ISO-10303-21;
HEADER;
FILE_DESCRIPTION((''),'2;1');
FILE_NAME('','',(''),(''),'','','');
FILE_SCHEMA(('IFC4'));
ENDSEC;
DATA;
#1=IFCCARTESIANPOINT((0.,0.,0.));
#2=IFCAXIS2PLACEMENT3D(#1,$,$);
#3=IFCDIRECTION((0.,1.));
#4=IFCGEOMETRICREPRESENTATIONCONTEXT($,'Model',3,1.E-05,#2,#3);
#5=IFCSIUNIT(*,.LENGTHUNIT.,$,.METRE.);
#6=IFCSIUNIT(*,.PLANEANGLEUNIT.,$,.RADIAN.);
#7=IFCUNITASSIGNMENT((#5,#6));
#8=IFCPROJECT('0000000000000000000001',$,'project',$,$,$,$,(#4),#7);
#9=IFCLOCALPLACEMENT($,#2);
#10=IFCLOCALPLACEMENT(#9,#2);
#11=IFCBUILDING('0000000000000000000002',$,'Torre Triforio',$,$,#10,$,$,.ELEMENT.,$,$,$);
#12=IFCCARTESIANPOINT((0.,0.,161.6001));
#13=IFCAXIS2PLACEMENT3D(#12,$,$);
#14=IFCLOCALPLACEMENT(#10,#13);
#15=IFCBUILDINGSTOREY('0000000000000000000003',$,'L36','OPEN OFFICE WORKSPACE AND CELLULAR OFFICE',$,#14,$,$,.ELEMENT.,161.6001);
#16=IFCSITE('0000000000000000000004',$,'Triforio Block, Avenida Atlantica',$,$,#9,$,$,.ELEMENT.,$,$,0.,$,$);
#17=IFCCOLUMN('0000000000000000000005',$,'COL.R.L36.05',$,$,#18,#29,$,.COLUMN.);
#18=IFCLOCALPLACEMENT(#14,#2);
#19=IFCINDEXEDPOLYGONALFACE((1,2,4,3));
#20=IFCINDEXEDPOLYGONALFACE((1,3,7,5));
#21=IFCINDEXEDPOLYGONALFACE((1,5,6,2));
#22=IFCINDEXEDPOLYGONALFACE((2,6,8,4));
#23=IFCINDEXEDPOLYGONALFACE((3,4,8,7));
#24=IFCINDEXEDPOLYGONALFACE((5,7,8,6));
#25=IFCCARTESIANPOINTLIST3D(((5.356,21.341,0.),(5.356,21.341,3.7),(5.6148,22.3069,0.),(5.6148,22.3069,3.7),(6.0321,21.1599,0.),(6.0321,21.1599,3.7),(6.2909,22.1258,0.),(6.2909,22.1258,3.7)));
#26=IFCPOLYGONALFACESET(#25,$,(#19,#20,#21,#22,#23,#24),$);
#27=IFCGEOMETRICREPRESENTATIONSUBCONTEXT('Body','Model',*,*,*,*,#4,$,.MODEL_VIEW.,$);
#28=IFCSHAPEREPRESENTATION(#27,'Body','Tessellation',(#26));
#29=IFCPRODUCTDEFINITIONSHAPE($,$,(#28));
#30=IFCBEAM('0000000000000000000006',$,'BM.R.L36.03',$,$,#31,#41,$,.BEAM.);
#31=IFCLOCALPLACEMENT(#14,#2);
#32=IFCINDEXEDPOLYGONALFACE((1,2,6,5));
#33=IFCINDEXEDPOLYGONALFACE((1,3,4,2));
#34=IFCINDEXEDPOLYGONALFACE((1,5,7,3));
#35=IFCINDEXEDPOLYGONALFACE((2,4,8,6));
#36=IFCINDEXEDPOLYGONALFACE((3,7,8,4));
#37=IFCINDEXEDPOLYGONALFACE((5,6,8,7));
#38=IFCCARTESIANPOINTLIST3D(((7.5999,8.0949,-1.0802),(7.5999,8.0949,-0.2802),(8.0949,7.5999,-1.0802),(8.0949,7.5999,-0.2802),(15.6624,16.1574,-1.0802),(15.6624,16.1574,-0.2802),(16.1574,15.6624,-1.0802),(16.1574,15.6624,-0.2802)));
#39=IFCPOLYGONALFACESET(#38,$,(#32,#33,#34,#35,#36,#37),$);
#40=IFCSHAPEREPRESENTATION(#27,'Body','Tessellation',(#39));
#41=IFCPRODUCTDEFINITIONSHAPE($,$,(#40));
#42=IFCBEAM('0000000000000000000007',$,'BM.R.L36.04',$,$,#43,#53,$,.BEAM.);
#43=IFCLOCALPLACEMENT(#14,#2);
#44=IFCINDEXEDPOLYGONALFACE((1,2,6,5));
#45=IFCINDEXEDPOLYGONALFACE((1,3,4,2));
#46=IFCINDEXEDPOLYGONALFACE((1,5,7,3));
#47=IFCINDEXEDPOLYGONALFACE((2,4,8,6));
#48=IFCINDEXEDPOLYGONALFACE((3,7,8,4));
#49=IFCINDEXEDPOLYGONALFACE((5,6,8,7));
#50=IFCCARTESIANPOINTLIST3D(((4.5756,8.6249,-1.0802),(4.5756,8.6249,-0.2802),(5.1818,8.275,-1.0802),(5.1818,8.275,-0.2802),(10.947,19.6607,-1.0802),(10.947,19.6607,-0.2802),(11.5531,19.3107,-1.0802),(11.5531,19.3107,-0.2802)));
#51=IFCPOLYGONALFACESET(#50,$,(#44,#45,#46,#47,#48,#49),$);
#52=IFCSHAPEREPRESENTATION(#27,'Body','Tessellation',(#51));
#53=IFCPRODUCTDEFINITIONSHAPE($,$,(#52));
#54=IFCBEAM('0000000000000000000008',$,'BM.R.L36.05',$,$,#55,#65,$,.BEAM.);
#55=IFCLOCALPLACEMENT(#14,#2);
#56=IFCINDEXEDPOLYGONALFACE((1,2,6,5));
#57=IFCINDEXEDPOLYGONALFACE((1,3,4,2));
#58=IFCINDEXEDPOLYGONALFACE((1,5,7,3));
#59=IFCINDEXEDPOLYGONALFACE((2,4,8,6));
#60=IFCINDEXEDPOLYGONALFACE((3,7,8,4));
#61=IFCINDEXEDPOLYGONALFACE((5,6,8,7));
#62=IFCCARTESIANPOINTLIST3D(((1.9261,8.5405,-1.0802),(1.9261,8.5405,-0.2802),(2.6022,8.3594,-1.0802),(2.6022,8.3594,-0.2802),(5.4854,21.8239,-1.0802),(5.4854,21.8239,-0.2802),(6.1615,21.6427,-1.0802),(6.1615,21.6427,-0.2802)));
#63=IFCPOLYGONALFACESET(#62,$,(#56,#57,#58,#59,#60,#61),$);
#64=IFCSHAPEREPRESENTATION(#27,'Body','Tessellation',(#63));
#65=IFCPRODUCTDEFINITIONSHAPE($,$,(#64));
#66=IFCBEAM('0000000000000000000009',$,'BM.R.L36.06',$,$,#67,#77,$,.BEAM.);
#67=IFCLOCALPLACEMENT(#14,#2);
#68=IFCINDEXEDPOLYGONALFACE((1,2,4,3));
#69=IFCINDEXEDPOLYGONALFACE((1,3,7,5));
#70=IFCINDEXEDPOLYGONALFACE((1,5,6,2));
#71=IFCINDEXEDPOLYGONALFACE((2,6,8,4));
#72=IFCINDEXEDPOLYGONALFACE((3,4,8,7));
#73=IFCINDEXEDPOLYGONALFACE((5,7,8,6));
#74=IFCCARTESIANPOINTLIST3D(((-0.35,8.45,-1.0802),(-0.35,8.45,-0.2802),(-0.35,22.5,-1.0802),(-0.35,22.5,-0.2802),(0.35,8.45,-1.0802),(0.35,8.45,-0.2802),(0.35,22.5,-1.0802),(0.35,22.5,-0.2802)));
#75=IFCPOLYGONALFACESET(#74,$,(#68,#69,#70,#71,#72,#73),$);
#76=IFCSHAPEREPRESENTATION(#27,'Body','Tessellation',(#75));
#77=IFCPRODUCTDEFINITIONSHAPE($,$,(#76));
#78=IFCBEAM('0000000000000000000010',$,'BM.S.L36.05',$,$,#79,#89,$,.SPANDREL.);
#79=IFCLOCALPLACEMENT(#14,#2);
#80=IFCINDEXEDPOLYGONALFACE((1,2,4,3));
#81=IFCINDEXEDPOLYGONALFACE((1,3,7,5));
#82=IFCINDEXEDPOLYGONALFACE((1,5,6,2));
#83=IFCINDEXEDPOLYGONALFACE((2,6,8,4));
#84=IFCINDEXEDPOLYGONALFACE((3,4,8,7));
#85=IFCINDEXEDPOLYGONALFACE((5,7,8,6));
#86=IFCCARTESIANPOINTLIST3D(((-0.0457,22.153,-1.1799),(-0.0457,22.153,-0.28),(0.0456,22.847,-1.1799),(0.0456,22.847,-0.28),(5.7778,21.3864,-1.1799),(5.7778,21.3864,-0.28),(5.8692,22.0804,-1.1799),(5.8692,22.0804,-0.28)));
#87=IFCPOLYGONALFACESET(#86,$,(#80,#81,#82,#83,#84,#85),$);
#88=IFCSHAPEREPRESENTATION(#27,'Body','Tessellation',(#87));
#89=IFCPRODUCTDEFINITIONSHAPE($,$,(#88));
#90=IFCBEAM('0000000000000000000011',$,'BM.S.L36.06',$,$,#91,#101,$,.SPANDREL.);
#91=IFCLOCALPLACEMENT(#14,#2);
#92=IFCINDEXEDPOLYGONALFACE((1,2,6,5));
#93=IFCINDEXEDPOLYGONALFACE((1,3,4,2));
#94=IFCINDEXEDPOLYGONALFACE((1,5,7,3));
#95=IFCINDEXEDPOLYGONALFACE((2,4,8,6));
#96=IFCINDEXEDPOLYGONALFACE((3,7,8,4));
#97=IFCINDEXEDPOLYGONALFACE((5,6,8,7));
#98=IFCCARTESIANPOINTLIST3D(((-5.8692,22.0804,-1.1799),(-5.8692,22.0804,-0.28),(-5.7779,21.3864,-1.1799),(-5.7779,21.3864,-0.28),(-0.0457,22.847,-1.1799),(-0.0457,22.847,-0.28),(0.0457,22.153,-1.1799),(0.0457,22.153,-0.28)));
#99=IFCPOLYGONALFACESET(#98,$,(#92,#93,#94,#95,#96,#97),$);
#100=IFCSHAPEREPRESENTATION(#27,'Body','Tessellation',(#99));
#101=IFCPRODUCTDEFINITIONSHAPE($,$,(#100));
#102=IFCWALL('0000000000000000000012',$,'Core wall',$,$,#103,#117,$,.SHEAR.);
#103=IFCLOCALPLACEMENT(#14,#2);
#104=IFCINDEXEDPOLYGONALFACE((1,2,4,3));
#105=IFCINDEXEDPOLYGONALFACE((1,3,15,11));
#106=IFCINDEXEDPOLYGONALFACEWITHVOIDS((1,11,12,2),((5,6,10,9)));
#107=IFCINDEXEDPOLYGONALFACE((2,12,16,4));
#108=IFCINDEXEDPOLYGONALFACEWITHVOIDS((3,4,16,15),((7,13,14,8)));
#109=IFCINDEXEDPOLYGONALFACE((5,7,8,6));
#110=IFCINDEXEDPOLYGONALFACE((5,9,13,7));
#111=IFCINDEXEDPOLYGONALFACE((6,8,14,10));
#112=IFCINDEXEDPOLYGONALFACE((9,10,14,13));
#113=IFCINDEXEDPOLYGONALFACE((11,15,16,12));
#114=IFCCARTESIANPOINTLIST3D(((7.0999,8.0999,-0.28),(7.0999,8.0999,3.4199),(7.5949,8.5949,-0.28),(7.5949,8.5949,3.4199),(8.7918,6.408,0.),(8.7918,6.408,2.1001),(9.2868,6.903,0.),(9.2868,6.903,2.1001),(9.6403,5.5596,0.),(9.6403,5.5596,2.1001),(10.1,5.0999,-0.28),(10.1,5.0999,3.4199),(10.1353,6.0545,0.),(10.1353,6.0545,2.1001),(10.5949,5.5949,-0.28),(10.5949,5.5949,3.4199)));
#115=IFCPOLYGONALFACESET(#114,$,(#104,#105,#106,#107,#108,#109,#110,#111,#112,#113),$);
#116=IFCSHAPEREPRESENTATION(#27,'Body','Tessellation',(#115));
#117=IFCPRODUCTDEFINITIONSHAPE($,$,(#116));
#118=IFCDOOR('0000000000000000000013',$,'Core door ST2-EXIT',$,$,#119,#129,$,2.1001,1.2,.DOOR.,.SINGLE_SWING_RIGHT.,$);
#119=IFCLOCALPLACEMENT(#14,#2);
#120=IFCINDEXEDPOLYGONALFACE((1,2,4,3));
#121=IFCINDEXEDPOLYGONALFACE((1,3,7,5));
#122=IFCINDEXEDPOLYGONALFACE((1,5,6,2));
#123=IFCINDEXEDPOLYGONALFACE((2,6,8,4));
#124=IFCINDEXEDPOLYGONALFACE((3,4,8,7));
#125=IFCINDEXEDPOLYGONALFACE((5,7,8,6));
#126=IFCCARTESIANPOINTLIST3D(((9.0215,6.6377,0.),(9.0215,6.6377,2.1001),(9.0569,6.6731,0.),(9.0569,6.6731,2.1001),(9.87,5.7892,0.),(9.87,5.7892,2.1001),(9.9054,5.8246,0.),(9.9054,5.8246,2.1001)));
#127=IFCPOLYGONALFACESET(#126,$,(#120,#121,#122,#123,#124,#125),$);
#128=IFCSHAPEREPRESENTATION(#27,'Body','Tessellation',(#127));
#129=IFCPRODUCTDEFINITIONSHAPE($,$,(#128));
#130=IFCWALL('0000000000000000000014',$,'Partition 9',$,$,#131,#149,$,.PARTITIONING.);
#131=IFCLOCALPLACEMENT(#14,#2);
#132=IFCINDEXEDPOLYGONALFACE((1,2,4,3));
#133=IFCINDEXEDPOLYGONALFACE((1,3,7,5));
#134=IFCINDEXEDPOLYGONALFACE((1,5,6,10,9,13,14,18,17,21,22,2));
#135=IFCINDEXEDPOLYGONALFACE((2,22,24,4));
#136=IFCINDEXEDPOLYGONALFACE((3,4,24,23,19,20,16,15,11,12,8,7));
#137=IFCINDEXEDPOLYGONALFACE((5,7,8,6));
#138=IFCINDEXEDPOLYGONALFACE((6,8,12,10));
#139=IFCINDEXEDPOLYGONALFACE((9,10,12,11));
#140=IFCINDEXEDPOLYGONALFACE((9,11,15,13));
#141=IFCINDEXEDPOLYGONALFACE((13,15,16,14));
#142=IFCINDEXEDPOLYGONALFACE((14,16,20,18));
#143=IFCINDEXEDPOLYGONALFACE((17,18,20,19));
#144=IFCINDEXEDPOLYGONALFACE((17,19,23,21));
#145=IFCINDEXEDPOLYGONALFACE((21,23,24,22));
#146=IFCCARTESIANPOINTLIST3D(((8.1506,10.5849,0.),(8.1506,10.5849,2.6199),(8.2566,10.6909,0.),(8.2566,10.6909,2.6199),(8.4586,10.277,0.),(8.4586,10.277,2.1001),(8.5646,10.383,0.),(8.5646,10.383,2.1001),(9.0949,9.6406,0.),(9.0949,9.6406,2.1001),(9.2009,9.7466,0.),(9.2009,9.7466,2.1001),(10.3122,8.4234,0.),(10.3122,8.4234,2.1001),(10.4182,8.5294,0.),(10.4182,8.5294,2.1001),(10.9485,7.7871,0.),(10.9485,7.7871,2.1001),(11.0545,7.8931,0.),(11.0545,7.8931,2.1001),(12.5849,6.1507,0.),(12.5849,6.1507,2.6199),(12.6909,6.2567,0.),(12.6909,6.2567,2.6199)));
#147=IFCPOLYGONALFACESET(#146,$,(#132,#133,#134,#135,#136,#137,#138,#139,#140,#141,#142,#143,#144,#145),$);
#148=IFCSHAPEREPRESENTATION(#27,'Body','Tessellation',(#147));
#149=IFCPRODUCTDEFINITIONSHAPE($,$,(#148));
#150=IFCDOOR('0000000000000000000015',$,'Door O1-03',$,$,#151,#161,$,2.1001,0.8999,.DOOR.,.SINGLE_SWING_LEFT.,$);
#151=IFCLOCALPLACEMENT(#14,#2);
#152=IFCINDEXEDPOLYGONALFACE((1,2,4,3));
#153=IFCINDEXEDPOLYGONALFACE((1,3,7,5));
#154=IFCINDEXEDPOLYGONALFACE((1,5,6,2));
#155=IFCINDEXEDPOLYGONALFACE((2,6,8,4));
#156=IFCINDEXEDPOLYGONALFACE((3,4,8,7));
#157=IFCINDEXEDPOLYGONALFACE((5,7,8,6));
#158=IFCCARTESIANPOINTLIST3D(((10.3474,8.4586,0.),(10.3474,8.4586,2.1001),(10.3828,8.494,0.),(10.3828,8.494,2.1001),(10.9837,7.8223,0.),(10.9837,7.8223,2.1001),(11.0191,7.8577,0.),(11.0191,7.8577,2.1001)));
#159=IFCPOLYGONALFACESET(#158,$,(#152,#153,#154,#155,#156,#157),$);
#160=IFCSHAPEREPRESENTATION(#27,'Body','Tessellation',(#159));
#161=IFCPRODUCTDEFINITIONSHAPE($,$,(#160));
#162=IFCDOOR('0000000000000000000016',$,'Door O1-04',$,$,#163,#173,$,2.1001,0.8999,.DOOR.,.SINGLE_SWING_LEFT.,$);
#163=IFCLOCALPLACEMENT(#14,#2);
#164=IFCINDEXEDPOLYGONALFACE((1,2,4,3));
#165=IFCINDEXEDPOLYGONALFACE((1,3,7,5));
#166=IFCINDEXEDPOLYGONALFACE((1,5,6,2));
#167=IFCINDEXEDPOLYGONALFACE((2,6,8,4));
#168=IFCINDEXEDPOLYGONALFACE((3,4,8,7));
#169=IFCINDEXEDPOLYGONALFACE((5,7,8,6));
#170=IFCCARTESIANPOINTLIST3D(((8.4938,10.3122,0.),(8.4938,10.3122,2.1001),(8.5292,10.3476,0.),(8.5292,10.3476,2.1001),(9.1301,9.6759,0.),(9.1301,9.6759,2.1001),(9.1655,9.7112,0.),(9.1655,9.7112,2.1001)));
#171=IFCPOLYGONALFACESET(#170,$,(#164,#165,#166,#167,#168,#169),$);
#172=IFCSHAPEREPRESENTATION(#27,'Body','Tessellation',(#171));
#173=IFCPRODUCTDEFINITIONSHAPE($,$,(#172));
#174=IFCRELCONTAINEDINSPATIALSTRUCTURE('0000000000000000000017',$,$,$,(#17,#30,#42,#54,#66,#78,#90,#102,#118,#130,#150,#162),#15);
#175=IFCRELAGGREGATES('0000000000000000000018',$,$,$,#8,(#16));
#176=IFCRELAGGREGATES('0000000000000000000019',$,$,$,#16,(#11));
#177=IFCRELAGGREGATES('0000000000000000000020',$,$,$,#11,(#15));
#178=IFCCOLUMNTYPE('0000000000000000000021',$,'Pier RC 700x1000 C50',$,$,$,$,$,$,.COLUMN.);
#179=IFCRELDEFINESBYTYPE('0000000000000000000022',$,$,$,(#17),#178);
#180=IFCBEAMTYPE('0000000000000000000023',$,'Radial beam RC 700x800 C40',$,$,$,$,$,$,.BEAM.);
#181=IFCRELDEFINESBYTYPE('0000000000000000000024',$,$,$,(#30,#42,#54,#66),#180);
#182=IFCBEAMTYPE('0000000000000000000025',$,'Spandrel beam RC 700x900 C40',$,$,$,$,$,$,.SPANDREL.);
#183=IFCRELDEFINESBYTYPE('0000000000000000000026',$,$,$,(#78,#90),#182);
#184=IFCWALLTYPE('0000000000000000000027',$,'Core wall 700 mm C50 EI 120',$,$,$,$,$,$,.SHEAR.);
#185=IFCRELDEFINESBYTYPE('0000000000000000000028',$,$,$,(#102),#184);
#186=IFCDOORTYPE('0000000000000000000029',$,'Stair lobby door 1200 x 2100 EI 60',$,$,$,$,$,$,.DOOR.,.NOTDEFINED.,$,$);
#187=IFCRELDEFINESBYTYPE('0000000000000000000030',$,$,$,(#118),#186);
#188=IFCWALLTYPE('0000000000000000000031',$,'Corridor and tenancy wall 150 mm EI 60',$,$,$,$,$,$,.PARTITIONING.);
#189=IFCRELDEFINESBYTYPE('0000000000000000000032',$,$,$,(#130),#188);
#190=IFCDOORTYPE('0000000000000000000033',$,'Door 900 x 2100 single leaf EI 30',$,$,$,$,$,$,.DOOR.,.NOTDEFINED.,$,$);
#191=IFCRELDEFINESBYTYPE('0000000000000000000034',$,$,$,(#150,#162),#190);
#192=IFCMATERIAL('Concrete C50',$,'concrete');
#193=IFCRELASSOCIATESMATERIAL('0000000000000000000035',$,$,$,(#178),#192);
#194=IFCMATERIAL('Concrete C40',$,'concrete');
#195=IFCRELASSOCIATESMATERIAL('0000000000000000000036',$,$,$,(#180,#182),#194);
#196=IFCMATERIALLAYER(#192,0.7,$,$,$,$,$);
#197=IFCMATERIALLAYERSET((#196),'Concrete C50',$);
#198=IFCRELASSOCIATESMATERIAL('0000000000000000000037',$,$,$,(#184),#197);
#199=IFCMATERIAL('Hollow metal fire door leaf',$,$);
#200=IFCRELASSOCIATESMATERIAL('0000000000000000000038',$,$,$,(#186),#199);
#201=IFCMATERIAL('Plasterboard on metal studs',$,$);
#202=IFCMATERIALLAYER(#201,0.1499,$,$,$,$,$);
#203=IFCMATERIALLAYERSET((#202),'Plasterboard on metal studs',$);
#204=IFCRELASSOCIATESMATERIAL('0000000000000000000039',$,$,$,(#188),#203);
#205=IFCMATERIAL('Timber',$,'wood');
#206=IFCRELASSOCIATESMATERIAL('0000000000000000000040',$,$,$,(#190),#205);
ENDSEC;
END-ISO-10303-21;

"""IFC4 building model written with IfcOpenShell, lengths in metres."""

from ifc_helpers import new_model, si_unit, direction, frame, frame_2d, origin, origin_2d, place, context, subcontext, project, spatial, rectangle, extrude, material, layer, layer_set, material_profile, profile_set, type_object, element, fill, save


model = new_model("IFC4")

# Units and contexts
model_context = context("Model", 3, precision=1e-05, world=origin(), true_north=direction((0.0, 1.0)))
body_context = subcontext(model_context, "Body", "Model", "MODEL_VIEW")
ifc_project = project(units=[si_unit("LENGTHUNIT", "METRE"), si_unit("PLANEANGLEUNIT", "RADIAN")], contexts=[model_context])

# Site, building, storey
site_placement = place(None, origin())
site = spatial("IfcSite", under=ifc_project, at=site_placement, Name="Triforio Block, Avenida Atlantica", CompositionType="ELEMENT", RefElevation=0.0)
building_placement = place(site_placement, origin())
building = spatial("IfcBuilding", under=site, at=building_placement, Name="Torre Triforio", CompositionType="ELEMENT")
storey_placement = place(building_placement, frame((0.0, 0.0, 161.6001)))
storey = spatial("IfcBuildingStorey", under=building, at=storey_placement, Name="L36", Description="OPEN OFFICE WORKSPACE AND CELLULAR OFFICE", CompositionType="ELEMENT", Elevation=161.6001)

# Column
ifc_material_1 = material(Name="Concrete C50", Category="concrete")
ifc_material_profile_1 = material_profile(ifc_material_1, rectangle(XDim=0.7, YDim=1.0, at=origin_2d()), Name="RC 700x1000")
ifc_profile_set_1 = profile_set([ifc_material_profile_1], Name="Concrete C50")
column_type = type_object("IfcColumnType", Name="Pier RC 700x1000 C50", PredefinedType="COLUMN", material=ifc_profile_set_1)
column_placement = place(storey_placement, frame((5.8235, 21.7334, 0.0), z_axis=(0.0, 0.0, 1.0), x_axis=(-0.965926, 0.258819, 0.0)))
element("IfcColumn", 1, at=column_placement, inside=storey, type_object=column_type, Name="COL.R.L36.05", PredefinedType="COLUMN", context=body_context, shape_type="SweptSolid", body=[
    extrude(rectangle(XDim=0.7, YDim=1.0, at=origin_2d()), origin(), (0.0, 0.0, 1.0), 3.7),
])

# Beams
ifc_material_2 = material(Name="Concrete C40", Category="concrete")
ifc_material_profile_2 = material_profile(ifc_material_2, rectangle(XDim=0.7, YDim=0.8, at=origin_2d()), Name="RC 700x800")
ifc_profile_set_2 = profile_set([ifc_material_profile_2], Name="Concrete C40")
beam_type_1 = type_object("IfcBeamType", Name="Radial beam RC 700x800 C40", PredefinedType="BEAM", material=ifc_profile_set_2)
beam_1_placement = place(storey_placement, frame((7.8474, 7.8474, -0.6802), z_axis=(0.707107, 0.707107, 0.0), x_axis=(-0.707107, 0.707107, 0.0)))
element("IfcBeam", 2, at=beam_1_placement, inside=storey, type_object=beam_type_1, Name="BM.R.L36.03", PredefinedType="BEAM", context=body_context, shape_type="SweptSolid", body=[
    extrude(rectangle(XDim=0.7, YDim=0.8, at=origin_2d()), origin(), (0.0, 0.0, 1.0), 11.4021),
])
beam_2_placement = place(storey_placement, frame((4.8787, 8.45, -0.6802), z_axis=(0.499994, 0.866029, 0.0), x_axis=(-0.866029, 0.499994, 0.0)))
element("IfcBeam", 3, at=beam_2_placement, inside=storey, type_object=beam_type_1, Name="BM.R.L36.04", PredefinedType="BEAM", context=body_context, shape_type="SweptSolid", body=[
    extrude(rectangle(XDim=0.7, YDim=0.8, at=origin_2d()), origin(), (0.0, 0.0, 1.0), 12.7429),
])
beam_3_placement = place(storey_placement, frame((2.2642, 8.45, -0.6802), z_axis=(0.258822, 0.965925, 0.0), x_axis=(-0.965925, 0.258822, 0.0)))
element("IfcBeam", 4, at=beam_3_placement, inside=storey, type_object=beam_type_1, Name="BM.R.L36.05", PredefinedType="BEAM", context=body_context, shape_type="SweptSolid", body=[
    extrude(rectangle(XDim=0.7, YDim=0.8, at=origin_2d()), origin(), (0.0, 0.0, 1.0), 13.752),
])
beam_4_placement = place(storey_placement, frame((0.0, 8.45, -0.6802), z_axis=(0.0, 1.0, 0.0), x_axis=(-1.0, 0.0, 0.0)))
element("IfcBeam", 5, at=beam_4_placement, inside=storey, type_object=beam_type_1, Name="BM.R.L36.06", PredefinedType="BEAM", context=body_context, shape_type="SweptSolid", body=[
    extrude(rectangle(XDim=0.7, YDim=0.8, at=origin_2d()), origin(), (0.0, 0.0, 1.0), 14.05),
])
ifc_material_profile_3 = material_profile(ifc_material_2, rectangle(XDim=0.7, YDim=0.8999, at=origin_2d()), Name="RC 700x900")
ifc_profile_set_3 = profile_set([ifc_material_profile_3], Name="Concrete C40")
beam_type_2 = type_object("IfcBeamType", Name="Spandrel beam RC 700x900 C40", PredefinedType="SPANDREL", material=ifc_profile_set_3)
for number, where, z_axis, x_axis, name in (
    (6, (5.8235, 21.7334, -0.73), (-0.991447, 0.130514, 0.0), (-0.130514, -0.991447, 0.0), "BM.S.L36.05"),
    (7, (0.0, 22.5, -0.73), (-0.991447, -0.130514, 0.0), (0.130514, -0.991447, 0.0), "BM.S.L36.06"),
):
    element("IfcBeam", number, at=place(storey_placement, frame(where, z_axis=z_axis, x_axis=x_axis)), inside=storey, type_object=beam_type_2, Name=name, PredefinedType="SPANDREL", context=body_context, shape_type="SweptSolid", body=[
        extrude(rectangle(XDim=0.7, YDim=0.8999, at=origin_2d()), origin(), (0.0, 0.0, 1.0), 5.8738),
    ])

# Wall, opening, door
ifc_layer_1 = layer(ifc_material_1, 0.7)
ifc_layer_set_1 = layer_set([ifc_layer_1], Name="Concrete C50")
wall_type_1 = type_object("IfcWallType", Name="Core wall 700 mm C50 EI 120", PredefinedType="SHEAR", material=ifc_layer_set_1)
wall_1_placement = place(storey_placement, frame((7.3474, 8.3474, -0.28), z_axis=(0.0, 0.0, 1.0), x_axis=(0.707107, -0.707107, 0.0)))
wall_1 = element("IfcWall", 8, at=wall_1_placement, inside=storey, type_object=wall_type_1, Name="Core wall", PredefinedType="SHEAR", context=body_context, shape_type="SweptSolid", body=[
    extrude(rectangle(XDim=4.2427, YDim=0.7, at=frame_2d((2.1213, 0.0))), origin(), (0.0, 0.0, 1.0), 3.7),
])
opening_1_placement = place(wall_1_placement, frame((2.3926, 0.0, 0.28)))
opening_1 = element("IfcOpeningElement", 9, at=opening_1_placement, cuts=wall_1, PredefinedType="OPENING", context=body_context, shape_type="SweptSolid", body=[
    extrude(rectangle(XDim=1.2, YDim=2.1001, at=frame_2d((0.6001, 1.05))), frame((0.0, 0.3599, 0.0), z_axis=(0.0, -1.0, 0.0), x_axis=(1.0, 0.0, 0.0)), (0.0, 0.0, 1.0), 0.72),
])
ifc_material_3 = material(Name="Hollow metal fire door leaf")
door_type_1 = type_object("IfcDoorType", Name="Stair lobby door 1200 x 2100 EI 60", OperationType="NOTDEFINED", PredefinedType="DOOR", material=ifc_material_3)
door_1_placement = place(opening_1_placement, origin())
door_1 = element("IfcDoor", 10, at=door_1_placement, inside=storey, type_object=door_type_1, Name="Core door ST2-EXIT", OperationType="SINGLE_SWING_RIGHT", OverallHeight=2.1001, OverallWidth=1.2, PredefinedType="DOOR", context=body_context, shape_type="SweptSolid", body=[
    extrude(rectangle(XDim=1.2, YDim=2.1001, at=frame_2d((0.6001, 1.05))), frame((0.0, 0.0249, 0.0), z_axis=(0.0, -1.0, 0.0), x_axis=(1.0, 0.0, 0.0)), (0.0, 0.0, 1.0), 0.05),
])
fill(opening_1, door_1)

# Wall, openings, doors
ifc_material_4 = material(Name="Plasterboard on metal studs")
ifc_layer_2 = layer(ifc_material_4, 0.1499)
ifc_layer_set_2 = layer_set([ifc_layer_2], Name="Plasterboard on metal studs")
wall_type_2 = type_object("IfcWallType", Name="Corridor and tenancy wall 150 mm EI 60", PredefinedType="PARTITIONING", material=ifc_layer_set_2)
wall_2_placement = place(storey_placement, frame((8.2036, 10.6379, 0.0), z_axis=(0.0, 0.0, 1.0), x_axis=(0.707107, -0.707107, 0.0)))
wall_2 = element("IfcWall", 11, at=wall_2_placement, inside=storey, type_object=wall_type_2, Name="Partition 9", PredefinedType="PARTITIONING", context=body_context, shape_type="SweptSolid", body=[
    extrude(rectangle(XDim=6.271, YDim=0.1499, at=frame_2d((3.1355, 0.0))), origin(), (0.0, 0.0, 1.0), 2.6199),
])
opening_2_placement = place(wall_2_placement, frame((3.0569, 0.0, 0.0)))
opening_2 = element("IfcOpeningElement", 12, at=opening_2_placement, cuts=wall_2, PredefinedType="OPENING", context=body_context, shape_type="SweptSolid", body=[
    extrude(rectangle(XDim=0.8999, YDim=2.1001, at=frame_2d((0.45, 1.05))), frame((0.0, 0.085, 0.0), z_axis=(0.0, -1.0, 0.0), x_axis=(1.0, 0.0, 0.0)), (0.0, 0.0, 1.0), 0.1699),
])
opening_3_placement = place(wall_2_placement, frame((0.4355, 0.0, 0.0)))
opening_3 = element("IfcOpeningElement", 13, at=opening_3_placement, cuts=wall_2, PredefinedType="OPENING", context=body_context, shape_type="SweptSolid", body=[
    extrude(rectangle(XDim=0.8999, YDim=2.1001, at=frame_2d((0.45, 1.05))), frame((0.0, 0.085, 0.0), z_axis=(0.0, -1.0, 0.0), x_axis=(1.0, 0.0, 0.0)), (0.0, 0.0, 1.0), 0.1699),
])
ifc_material_5 = material(Name="Timber", Category="wood")
door_type_2 = type_object("IfcDoorType", Name="Door 900 x 2100 single leaf EI 30", OperationType="NOTDEFINED", PredefinedType="DOOR", material=ifc_material_5)
door_2_placement = place(opening_2_placement, origin())
door_2 = element("IfcDoor", 14, at=door_2_placement, inside=storey, type_object=door_type_2, Name="Door O1-03", OperationType="SINGLE_SWING_LEFT", OverallHeight=2.1001, OverallWidth=0.8999, PredefinedType="DOOR", context=body_context, shape_type="SweptSolid", body=[
    extrude(rectangle(XDim=0.8999, YDim=2.1001, at=frame_2d((0.45, 1.05))), frame((0.0, 0.0249, 0.0), z_axis=(0.0, -1.0, 0.0), x_axis=(1.0, 0.0, 0.0)), (0.0, 0.0, 1.0), 0.05),
])
fill(opening_2, door_2)
door_3_placement = place(opening_3_placement, origin())
door_3 = element("IfcDoor", 15, at=door_3_placement, inside=storey, type_object=door_type_2, Name="Door O1-04", OperationType="SINGLE_SWING_LEFT", OverallHeight=2.1001, OverallWidth=0.8999, PredefinedType="DOOR", context=body_context, shape_type="SweptSolid", body=[
    extrude(rectangle(XDim=0.8999, YDim=2.1001, at=frame_2d((0.45, 1.05))), frame((0.0, 0.0249, 0.0), z_axis=(0.0, -1.0, 0.0), x_axis=(1.0, 0.0, 0.0)), (0.0, 0.0, 1.0), 0.05),
])
fill(opening_3, door_3)

save(model, "model.ifc")
